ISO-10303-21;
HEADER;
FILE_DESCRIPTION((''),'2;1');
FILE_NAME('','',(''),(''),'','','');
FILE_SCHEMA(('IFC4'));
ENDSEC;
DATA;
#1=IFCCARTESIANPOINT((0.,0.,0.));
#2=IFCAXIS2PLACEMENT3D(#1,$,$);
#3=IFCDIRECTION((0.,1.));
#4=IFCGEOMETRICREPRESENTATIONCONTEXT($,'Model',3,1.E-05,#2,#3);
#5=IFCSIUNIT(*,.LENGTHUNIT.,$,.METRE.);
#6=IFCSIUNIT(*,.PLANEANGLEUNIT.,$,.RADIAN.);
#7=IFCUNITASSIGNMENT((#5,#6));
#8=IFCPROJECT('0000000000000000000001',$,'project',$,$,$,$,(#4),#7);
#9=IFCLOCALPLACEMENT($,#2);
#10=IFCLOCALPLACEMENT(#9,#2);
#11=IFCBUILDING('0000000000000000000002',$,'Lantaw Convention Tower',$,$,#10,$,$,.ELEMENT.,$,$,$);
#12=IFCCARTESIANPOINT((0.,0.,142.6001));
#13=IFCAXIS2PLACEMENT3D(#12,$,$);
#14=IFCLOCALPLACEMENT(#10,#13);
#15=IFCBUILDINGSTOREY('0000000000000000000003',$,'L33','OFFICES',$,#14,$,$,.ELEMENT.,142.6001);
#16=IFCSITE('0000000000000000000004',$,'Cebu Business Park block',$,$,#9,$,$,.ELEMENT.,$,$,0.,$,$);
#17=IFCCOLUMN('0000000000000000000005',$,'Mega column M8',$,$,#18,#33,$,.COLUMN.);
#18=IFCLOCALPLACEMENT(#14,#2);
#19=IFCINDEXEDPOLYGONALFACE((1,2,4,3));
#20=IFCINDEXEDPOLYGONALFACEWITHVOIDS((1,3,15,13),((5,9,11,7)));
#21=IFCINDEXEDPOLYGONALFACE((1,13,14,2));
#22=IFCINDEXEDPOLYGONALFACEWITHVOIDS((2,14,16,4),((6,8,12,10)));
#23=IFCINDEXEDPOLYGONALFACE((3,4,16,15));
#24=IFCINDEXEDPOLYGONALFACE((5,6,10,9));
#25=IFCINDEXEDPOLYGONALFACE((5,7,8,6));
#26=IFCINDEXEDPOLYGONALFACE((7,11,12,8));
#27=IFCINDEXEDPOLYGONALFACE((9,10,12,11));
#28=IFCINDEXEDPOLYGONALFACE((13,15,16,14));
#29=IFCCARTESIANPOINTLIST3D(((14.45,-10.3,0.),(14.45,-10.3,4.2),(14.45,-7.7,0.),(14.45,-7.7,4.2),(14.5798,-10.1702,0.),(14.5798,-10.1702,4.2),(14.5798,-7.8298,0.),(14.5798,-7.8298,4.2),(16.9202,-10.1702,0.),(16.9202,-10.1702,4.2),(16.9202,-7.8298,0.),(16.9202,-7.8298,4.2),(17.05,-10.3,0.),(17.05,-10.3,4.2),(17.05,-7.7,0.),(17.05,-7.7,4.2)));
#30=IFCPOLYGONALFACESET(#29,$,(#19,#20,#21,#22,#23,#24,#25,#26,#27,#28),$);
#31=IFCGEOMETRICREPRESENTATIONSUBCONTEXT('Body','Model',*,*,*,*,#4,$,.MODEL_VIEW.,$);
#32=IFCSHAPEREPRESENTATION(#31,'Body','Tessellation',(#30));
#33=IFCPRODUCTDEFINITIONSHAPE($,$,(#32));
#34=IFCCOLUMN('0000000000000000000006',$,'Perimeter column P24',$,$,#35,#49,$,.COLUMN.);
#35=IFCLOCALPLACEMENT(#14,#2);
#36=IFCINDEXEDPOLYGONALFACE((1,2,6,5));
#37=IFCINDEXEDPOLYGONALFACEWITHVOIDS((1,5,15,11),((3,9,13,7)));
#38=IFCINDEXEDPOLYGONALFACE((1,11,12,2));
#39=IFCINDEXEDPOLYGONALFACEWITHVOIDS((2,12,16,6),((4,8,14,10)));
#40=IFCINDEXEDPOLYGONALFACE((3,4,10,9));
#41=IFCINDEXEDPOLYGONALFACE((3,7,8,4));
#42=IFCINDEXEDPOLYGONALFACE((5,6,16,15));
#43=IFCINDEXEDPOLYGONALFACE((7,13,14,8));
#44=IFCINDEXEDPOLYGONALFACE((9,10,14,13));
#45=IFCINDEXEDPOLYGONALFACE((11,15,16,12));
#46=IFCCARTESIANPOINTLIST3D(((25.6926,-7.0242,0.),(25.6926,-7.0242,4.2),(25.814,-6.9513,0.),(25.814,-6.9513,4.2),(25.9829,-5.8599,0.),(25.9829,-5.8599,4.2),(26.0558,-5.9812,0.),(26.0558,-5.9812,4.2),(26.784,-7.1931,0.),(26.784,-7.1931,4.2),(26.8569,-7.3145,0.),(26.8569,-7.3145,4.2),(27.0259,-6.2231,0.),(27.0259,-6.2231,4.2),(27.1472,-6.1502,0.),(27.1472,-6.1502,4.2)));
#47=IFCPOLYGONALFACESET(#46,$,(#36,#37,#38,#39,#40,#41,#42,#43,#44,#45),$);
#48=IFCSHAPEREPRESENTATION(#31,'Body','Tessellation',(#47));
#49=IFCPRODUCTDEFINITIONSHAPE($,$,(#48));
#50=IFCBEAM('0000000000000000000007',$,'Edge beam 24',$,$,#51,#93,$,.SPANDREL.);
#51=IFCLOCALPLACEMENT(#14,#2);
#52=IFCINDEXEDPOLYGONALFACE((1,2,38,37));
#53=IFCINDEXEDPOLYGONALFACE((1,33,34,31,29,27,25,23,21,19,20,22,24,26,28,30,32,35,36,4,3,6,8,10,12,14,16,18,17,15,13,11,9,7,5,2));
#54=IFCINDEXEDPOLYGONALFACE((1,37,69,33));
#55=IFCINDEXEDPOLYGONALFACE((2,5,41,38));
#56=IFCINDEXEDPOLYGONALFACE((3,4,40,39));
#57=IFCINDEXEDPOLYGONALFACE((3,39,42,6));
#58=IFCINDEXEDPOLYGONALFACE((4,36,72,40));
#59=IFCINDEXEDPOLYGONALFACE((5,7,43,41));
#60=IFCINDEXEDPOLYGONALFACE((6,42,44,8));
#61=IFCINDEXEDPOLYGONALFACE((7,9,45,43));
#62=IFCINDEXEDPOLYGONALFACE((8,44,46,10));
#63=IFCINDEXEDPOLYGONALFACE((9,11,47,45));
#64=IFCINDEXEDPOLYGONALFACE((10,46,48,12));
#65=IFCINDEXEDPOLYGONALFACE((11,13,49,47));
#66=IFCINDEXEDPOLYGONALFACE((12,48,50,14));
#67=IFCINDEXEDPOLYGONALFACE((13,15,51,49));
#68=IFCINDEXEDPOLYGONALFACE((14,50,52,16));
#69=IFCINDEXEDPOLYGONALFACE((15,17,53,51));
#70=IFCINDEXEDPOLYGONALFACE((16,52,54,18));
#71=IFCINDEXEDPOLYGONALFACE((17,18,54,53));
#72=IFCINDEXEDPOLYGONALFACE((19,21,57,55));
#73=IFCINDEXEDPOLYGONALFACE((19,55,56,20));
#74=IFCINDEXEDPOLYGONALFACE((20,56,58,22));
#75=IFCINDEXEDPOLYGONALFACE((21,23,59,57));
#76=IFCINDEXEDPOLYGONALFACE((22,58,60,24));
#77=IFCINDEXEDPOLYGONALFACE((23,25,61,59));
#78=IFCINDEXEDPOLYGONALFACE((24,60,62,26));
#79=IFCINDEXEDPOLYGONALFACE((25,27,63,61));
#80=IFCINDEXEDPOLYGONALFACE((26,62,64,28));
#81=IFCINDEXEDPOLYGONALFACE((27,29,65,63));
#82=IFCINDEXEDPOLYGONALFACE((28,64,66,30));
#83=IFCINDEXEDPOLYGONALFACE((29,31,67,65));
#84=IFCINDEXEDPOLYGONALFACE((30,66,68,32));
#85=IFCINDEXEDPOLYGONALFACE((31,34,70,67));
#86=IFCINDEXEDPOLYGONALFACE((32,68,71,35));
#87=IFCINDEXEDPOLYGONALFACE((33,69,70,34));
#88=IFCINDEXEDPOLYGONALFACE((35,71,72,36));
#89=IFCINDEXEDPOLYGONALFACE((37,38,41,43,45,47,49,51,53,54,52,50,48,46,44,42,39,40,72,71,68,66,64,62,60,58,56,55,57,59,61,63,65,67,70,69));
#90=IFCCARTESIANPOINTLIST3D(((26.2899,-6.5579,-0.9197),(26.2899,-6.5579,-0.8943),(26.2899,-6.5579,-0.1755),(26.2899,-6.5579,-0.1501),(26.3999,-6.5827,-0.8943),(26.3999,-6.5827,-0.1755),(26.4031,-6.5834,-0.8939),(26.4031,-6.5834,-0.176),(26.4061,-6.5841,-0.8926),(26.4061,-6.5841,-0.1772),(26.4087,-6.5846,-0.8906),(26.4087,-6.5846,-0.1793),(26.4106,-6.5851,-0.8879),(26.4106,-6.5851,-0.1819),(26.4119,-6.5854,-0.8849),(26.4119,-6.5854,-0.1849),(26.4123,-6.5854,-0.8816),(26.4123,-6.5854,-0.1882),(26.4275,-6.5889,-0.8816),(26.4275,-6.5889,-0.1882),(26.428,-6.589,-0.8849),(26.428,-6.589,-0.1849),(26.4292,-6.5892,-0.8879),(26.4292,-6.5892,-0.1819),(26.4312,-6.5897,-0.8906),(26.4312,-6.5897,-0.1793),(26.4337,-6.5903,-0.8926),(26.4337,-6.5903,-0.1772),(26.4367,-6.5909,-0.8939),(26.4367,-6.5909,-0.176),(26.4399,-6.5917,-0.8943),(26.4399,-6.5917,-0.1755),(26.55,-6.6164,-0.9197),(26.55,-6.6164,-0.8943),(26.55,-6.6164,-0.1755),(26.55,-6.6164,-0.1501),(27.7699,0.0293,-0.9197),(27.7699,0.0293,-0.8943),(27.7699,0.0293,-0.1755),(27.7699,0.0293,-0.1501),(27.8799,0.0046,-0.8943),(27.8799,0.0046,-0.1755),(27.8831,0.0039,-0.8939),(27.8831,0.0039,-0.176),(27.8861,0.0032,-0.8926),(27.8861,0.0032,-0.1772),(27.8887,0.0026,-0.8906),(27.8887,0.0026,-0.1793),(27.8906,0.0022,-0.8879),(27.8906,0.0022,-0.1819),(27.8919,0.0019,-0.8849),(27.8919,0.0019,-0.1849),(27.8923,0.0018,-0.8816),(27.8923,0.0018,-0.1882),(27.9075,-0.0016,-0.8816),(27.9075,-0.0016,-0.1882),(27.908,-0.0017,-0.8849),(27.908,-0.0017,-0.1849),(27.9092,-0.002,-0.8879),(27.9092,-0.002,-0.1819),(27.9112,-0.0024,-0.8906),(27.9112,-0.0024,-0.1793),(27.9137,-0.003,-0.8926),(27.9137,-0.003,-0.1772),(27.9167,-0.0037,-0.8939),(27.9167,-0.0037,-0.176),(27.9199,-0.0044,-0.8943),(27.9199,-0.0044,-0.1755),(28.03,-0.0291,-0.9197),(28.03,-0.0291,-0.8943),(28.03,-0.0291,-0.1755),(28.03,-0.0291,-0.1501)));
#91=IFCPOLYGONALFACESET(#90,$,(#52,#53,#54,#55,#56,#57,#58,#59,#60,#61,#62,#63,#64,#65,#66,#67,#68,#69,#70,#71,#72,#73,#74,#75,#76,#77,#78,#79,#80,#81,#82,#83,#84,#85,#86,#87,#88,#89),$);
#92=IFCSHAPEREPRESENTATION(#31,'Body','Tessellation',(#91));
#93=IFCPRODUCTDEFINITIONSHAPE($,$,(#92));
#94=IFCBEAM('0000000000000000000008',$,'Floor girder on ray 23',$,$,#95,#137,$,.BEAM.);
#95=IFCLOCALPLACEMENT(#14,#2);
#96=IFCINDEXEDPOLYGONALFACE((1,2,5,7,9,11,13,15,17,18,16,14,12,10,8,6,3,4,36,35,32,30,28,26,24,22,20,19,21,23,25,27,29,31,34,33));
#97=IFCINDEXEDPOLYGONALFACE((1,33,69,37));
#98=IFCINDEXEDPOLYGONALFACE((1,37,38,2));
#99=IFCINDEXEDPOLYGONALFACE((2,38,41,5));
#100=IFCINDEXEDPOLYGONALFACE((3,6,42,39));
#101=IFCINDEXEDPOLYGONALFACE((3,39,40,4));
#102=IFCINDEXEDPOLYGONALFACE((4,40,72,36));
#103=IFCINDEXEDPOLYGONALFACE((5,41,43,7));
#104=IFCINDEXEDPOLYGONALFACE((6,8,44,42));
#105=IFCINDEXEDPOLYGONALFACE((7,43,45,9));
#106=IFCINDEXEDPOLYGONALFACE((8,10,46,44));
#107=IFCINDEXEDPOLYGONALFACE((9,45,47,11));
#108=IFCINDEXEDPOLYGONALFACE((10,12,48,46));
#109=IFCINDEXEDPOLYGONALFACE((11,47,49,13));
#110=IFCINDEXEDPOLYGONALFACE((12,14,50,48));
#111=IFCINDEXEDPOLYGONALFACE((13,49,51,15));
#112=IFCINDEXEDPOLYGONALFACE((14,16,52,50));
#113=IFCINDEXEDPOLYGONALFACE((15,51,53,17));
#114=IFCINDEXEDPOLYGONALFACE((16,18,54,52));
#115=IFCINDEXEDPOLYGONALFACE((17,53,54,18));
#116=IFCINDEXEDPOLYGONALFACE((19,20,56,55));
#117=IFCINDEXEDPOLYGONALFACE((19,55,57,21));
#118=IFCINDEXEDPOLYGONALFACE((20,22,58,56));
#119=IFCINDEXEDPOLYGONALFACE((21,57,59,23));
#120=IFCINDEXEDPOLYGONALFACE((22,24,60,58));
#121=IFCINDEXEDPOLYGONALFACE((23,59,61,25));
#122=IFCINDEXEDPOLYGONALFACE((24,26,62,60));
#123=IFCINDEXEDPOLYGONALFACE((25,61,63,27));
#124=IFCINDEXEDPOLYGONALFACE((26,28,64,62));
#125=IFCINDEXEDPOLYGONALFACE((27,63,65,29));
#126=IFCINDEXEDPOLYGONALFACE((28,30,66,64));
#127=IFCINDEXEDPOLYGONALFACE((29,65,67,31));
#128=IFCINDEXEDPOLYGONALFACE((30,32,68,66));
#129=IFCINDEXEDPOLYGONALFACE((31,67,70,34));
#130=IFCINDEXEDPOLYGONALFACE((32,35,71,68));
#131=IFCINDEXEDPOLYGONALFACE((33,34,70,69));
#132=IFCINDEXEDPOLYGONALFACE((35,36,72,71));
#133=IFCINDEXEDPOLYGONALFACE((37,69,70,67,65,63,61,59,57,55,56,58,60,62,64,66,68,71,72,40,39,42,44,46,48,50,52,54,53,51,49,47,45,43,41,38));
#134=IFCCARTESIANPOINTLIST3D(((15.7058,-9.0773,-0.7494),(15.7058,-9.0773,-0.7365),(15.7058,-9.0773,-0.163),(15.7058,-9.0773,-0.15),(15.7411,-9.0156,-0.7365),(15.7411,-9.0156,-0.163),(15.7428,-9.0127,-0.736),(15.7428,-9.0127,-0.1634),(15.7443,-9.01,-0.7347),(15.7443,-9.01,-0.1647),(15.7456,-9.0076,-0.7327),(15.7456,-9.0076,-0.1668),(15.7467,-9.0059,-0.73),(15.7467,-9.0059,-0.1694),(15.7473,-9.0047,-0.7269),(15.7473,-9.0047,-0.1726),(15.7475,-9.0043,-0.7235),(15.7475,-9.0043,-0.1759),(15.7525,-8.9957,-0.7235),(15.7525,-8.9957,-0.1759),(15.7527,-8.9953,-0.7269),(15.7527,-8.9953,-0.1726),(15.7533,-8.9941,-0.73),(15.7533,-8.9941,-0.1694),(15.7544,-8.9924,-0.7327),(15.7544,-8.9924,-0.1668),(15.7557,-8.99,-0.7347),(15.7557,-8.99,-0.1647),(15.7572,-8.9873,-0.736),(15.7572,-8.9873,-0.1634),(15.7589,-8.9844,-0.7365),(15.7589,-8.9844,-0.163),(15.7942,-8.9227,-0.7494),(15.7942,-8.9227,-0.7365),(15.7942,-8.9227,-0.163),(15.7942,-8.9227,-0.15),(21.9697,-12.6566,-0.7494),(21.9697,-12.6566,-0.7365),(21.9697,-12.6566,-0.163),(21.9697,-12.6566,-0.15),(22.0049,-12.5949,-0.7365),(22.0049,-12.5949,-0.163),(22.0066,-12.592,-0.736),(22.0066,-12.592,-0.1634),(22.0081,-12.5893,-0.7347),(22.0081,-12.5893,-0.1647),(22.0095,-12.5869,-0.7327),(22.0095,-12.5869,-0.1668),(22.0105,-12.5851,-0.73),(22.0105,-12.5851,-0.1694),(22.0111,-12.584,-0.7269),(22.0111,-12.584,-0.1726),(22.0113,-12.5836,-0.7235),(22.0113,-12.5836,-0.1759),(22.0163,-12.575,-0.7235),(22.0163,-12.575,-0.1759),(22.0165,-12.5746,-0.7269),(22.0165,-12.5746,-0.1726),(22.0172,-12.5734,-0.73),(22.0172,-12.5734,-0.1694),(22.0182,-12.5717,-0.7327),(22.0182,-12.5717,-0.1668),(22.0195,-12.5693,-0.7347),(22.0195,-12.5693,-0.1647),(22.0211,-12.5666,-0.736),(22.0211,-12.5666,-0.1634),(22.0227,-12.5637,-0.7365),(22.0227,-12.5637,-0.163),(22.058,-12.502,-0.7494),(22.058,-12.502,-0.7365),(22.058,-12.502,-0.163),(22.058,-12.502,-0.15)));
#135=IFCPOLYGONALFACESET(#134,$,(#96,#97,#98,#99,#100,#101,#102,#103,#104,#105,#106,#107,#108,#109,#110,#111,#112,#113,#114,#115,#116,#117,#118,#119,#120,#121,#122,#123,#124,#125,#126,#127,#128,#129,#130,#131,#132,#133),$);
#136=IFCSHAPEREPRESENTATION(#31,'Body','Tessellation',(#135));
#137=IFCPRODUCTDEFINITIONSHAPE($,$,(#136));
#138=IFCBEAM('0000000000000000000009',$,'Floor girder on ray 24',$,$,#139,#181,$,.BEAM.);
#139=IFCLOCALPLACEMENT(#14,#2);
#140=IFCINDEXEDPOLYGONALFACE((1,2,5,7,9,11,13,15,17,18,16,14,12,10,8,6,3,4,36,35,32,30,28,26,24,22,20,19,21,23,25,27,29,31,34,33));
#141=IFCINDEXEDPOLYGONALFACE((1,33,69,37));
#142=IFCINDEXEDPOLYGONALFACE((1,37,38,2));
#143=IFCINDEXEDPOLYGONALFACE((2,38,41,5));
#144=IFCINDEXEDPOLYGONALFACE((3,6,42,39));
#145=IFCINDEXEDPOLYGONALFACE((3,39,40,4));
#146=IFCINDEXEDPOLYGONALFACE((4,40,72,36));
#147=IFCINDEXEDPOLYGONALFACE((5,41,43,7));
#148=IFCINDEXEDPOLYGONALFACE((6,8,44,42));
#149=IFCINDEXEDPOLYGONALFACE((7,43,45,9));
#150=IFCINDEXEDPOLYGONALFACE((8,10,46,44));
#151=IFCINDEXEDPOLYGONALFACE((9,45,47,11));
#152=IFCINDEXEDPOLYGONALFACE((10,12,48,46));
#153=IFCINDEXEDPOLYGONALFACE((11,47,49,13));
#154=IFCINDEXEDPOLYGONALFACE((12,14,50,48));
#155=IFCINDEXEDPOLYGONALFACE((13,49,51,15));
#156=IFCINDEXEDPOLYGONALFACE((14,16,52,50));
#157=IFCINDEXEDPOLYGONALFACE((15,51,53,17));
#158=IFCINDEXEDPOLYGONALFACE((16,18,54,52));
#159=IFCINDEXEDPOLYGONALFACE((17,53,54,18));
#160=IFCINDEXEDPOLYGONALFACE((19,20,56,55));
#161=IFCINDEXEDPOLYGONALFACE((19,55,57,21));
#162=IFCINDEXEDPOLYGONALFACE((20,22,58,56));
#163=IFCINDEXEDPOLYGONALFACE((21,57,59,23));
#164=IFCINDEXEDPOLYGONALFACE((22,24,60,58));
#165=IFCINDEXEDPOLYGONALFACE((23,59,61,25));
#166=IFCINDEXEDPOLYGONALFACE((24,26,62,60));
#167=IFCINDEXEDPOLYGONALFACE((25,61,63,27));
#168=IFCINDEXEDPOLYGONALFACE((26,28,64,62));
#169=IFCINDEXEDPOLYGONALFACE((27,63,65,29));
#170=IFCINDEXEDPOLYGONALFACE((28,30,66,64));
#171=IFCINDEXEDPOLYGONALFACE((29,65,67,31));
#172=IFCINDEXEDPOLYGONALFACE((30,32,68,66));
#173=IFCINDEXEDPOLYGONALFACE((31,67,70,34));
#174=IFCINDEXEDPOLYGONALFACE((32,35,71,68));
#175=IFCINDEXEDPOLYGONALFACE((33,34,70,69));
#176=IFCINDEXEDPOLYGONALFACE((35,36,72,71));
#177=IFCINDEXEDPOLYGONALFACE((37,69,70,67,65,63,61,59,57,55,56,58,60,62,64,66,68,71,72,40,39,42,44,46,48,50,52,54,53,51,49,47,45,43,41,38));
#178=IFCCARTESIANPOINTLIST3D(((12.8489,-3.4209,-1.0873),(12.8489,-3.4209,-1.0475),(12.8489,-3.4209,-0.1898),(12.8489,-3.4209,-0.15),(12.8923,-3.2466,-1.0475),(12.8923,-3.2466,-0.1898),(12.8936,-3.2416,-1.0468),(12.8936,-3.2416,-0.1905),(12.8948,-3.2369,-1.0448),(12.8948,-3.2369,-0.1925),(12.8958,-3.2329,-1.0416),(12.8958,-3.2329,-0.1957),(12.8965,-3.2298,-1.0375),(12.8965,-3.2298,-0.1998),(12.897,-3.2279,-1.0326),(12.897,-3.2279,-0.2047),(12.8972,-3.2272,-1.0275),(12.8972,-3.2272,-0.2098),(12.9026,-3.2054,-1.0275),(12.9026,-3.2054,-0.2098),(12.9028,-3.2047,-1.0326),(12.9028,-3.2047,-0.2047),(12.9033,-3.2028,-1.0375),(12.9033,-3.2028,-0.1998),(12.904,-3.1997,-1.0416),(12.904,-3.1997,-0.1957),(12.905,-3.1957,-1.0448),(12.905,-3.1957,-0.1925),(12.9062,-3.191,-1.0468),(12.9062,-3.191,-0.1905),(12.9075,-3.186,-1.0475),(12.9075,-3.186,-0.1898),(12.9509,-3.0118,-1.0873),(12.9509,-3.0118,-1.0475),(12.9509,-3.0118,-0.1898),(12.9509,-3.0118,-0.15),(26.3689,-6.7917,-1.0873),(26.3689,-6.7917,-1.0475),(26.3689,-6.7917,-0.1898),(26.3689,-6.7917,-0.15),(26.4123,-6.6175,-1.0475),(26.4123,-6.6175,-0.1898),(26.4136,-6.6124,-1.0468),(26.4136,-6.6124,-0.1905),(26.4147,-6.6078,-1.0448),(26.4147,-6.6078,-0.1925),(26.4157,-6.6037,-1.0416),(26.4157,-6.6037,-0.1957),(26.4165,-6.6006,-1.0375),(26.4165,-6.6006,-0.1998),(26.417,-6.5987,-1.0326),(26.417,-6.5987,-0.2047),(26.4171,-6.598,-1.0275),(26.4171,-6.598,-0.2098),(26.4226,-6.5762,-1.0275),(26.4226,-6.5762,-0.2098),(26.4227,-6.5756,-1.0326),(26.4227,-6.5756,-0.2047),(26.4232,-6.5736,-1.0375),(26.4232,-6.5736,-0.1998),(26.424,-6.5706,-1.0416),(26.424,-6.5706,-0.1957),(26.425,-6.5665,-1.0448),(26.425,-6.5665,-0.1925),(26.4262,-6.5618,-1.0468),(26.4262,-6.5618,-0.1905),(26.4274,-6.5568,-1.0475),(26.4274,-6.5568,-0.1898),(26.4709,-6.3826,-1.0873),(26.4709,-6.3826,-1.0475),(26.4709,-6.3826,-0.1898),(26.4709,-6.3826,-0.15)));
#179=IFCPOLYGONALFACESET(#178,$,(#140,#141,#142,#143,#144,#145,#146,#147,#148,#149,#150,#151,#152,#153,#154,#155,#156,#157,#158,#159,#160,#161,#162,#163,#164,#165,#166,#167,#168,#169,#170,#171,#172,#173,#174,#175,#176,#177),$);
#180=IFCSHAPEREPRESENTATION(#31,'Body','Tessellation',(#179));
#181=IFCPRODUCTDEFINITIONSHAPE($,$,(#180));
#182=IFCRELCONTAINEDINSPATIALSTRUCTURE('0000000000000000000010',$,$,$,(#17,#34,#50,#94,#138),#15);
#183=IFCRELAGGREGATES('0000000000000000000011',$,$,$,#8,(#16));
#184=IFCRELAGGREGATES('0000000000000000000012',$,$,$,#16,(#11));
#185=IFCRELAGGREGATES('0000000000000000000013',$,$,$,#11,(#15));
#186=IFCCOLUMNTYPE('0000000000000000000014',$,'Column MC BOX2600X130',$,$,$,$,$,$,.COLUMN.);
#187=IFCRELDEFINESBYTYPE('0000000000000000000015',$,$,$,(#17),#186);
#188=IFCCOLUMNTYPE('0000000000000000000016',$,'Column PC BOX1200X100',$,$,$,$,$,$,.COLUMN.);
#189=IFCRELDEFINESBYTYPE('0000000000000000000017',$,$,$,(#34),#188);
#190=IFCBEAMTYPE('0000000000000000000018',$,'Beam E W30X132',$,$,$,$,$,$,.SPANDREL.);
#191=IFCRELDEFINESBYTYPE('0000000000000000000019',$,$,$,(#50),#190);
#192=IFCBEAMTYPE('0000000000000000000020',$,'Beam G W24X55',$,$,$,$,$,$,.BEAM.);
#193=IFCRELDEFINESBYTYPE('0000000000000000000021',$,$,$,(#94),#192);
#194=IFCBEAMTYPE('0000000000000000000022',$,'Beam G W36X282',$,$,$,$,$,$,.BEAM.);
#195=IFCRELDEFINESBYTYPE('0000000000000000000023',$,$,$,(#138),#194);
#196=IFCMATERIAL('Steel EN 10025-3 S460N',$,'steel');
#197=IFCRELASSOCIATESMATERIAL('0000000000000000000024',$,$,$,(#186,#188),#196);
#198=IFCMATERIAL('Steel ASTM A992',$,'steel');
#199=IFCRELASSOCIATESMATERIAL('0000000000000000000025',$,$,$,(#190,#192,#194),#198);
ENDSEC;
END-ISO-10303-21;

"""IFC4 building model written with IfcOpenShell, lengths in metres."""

from ifc_helpers import new_model, si_unit, direction, frame, origin, origin_2d, place, context, subcontext, project, spatial, rectangle, hollow_rectangle, i_section, extrude, material, material_profile, profile_set, type_object, element, save


model = new_model("IFC4")

# Units and contexts
model_context = context("Model", 3, precision=1e-05, world=origin(), true_north=direction((0.0, 1.0)))
body_context = subcontext(model_context, "Body", "Model", "MODEL_VIEW")
ifc_project = project(units=[si_unit("LENGTHUNIT", "METRE"), si_unit("PLANEANGLEUNIT", "RADIAN")], contexts=[model_context])

# Site, building, storey
site_placement = place(None, origin())
site = spatial("IfcSite", under=ifc_project, at=site_placement, Name="Cebu Business Park block", CompositionType="ELEMENT", RefElevation=0.0)
building_placement = place(site_placement, origin())
building = spatial("IfcBuilding", under=site, at=building_placement, Name="Lantaw Convention Tower", CompositionType="ELEMENT")
storey_placement = place(building_placement, frame((0.0, 0.0, 142.6001)))
storey = spatial("IfcBuildingStorey", under=building, at=storey_placement, Name="L33", Description="OFFICES", CompositionType="ELEMENT", Elevation=142.6001)

# Columns
ifc_material_1 = material(Name="Steel EN 10025-3 S460N", Category="steel")
ifc_material_profile_1 = material_profile(ifc_material_1, hollow_rectangle(XDim=2.6001, YDim=2.6001, WallThickness=0.1299, at=origin_2d()), Name="BOX2600X130")
ifc_material_2 = material(Name="Concrete C60/75", Category="concrete")
ifc_material_profile_2 = material_profile(ifc_material_2, rectangle(XDim=2.3401, YDim=2.3401, at=origin_2d()), Name="Concrete fill of BOX2600X130")
ifc_profile_set_1 = profile_set([ifc_material_profile_1, ifc_material_profile_2], Name="Steel EN 10025-3 S460N")
column_type_1 = type_object("IfcColumnType", Name="Column MC BOX2600X130", PredefinedType="COLUMN", material=ifc_profile_set_1)
column_1_placement = place(storey_placement, frame((15.75, -9.0, 0.0), z_axis=(0.0, 0.0, 1.0), x_axis=(1.0, 0.0, 0.0)))
element("IfcColumn", 1, at=column_1_placement, inside=storey, type_object=column_type_1, Name="Mega column M8", PredefinedType="COLUMN", context=body_context, shape_type="SweptSolid", body=[
    extrude(hollow_rectangle(XDim=2.6001, YDim=2.6001, WallThickness=0.1299, at=origin_2d()), origin(), (0.0, 0.0, 1.0), 4.2),
])
ifc_material_profile_3 = material_profile(ifc_material_1, hollow_rectangle(XDim=1.2, YDim=1.2, WallThickness=0.1001, at=origin_2d()), Name="BOX1200X100")
ifc_material_profile_4 = material_profile(ifc_material_2, rectangle(XDim=1.0, YDim=1.0, at=origin_2d()), Name="Concrete fill of BOX1200X100")
ifc_profile_set_2 = profile_set([ifc_material_profile_3, ifc_material_profile_4], Name="Steel EN 10025-3 S460N")
column_type_2 = type_object("IfcColumnType", Name="Column PC BOX1200X100", PredefinedType="COLUMN", material=ifc_profile_set_2)
column_2_placement = place(storey_placement, frame((26.4199, -6.5872, 0.0), z_axis=(0.0, 0.0, 1.0), x_axis=(0.241922, 0.970296, 0.0)))
element("IfcColumn", 2, at=column_2_placement, inside=storey, type_object=column_type_2, Name="Perimeter column P24", PredefinedType="COLUMN", context=body_context, shape_type="SweptSolid", body=[
    extrude(hollow_rectangle(XDim=1.2, YDim=1.2, WallThickness=0.1001, at=origin_2d()), origin(), (0.0, 0.0, 1.0), 4.2),
])

# Beams
ifc_material_3 = material(Name="Steel ASTM A992", Category="steel")
ifc_material_profile_5 = material_profile(ifc_material_3, i_section(OverallWidth=0.2666, OverallDepth=0.7695, WebThickness=0.0156, FlangeThickness=0.0254, FilletRadius=0.0127, at=origin_2d()), Name="W30X132")
ifc_profile_set_3 = profile_set([ifc_material_profile_5], Name="Steel ASTM A992")
beam_type_1 = type_object("IfcBeamType", Name="Beam E W30X132", PredefinedType="SPANDREL", material=ifc_profile_set_3)
beam_1_placement = place(storey_placement, frame((26.4199, -6.5872, -0.5349), z_axis=(0.219212, 0.975677, 0.0), x_axis=(-0.975677, 0.219212, 0.0)))
element("IfcBeam", 3, at=beam_1_placement, inside=storey, type_object=beam_type_1, Name="Edge beam 24", PredefinedType="SPANDREL", context=body_context, shape_type="SweptSolid", body=[
    extrude(i_section(OverallWidth=0.2666, OverallDepth=0.7695, WebThickness=0.0156, FlangeThickness=0.0254, FilletRadius=0.0127, at=origin_2d()), origin(), (0.0, 0.0, 1.0), 6.7515),
])
ifc_material_profile_6 = material_profile(ifc_material_3, i_section(OverallWidth=0.178, OverallDepth=0.5994, WebThickness=0.01, FlangeThickness=0.0129, FilletRadius=0.0129, at=origin_2d()), Name="W24X55")
ifc_profile_set_4 = profile_set([ifc_material_profile_6], Name="Steel ASTM A992")
beam_type_2 = type_object("IfcBeamType", Name="Beam G W24X55", PredefinedType="BEAM", material=ifc_profile_set_4)
beam_2_placement = place(storey_placement, frame((15.75, -9.0, -0.4497), z_axis=(0.868245, -0.496135, 0.0), x_axis=(0.496135, 0.868245, 0.0)))
element("IfcBeam", 4, at=beam_2_placement, inside=storey, type_object=beam_type_2, Name="Floor girder on ray 23", PredefinedType="BEAM", context=body_context, shape_type="SweptSolid", body=[
    extrude(i_section(OverallWidth=0.178, OverallDepth=0.5994, WebThickness=0.01, FlangeThickness=0.0129, FilletRadius=0.0129, at=origin_2d()), origin(), (0.0, 0.0, 1.0), 7.2144),
])
ifc_material_profile_7 = material_profile(ifc_material_3, i_section(OverallWidth=0.4216, OverallDepth=0.9373, WebThickness=0.0225, FlangeThickness=0.0398, FilletRadius=0.02, at=origin_2d()), Name="W36X282")
ifc_profile_set_5 = profile_set([ifc_material_profile_7], Name="Steel ASTM A992")
beam_type_3 = type_object("IfcBeamType", Name="Beam G W36X282", PredefinedType="BEAM", material=ifc_profile_set_5)
beam_3_placement = place(storey_placement, frame((12.8999, -3.2163, -0.6187), z_axis=(0.970297, -0.241917, 0.0), x_axis=(0.241917, 0.970297, 0.0)))
element("IfcBeam", 5, at=beam_3_placement, inside=storey, type_object=beam_type_3, Name="Floor girder on ray 24", PredefinedType="BEAM", context=body_context, shape_type="SweptSolid", body=[
    extrude(i_section(OverallWidth=0.4216, OverallDepth=0.9373, WebThickness=0.0225, FlangeThickness=0.0398, FilletRadius=0.02, at=origin_2d()), origin(), (0.0, 0.0, 1.0), 13.9338),
])

save(model, "model.ifc")
